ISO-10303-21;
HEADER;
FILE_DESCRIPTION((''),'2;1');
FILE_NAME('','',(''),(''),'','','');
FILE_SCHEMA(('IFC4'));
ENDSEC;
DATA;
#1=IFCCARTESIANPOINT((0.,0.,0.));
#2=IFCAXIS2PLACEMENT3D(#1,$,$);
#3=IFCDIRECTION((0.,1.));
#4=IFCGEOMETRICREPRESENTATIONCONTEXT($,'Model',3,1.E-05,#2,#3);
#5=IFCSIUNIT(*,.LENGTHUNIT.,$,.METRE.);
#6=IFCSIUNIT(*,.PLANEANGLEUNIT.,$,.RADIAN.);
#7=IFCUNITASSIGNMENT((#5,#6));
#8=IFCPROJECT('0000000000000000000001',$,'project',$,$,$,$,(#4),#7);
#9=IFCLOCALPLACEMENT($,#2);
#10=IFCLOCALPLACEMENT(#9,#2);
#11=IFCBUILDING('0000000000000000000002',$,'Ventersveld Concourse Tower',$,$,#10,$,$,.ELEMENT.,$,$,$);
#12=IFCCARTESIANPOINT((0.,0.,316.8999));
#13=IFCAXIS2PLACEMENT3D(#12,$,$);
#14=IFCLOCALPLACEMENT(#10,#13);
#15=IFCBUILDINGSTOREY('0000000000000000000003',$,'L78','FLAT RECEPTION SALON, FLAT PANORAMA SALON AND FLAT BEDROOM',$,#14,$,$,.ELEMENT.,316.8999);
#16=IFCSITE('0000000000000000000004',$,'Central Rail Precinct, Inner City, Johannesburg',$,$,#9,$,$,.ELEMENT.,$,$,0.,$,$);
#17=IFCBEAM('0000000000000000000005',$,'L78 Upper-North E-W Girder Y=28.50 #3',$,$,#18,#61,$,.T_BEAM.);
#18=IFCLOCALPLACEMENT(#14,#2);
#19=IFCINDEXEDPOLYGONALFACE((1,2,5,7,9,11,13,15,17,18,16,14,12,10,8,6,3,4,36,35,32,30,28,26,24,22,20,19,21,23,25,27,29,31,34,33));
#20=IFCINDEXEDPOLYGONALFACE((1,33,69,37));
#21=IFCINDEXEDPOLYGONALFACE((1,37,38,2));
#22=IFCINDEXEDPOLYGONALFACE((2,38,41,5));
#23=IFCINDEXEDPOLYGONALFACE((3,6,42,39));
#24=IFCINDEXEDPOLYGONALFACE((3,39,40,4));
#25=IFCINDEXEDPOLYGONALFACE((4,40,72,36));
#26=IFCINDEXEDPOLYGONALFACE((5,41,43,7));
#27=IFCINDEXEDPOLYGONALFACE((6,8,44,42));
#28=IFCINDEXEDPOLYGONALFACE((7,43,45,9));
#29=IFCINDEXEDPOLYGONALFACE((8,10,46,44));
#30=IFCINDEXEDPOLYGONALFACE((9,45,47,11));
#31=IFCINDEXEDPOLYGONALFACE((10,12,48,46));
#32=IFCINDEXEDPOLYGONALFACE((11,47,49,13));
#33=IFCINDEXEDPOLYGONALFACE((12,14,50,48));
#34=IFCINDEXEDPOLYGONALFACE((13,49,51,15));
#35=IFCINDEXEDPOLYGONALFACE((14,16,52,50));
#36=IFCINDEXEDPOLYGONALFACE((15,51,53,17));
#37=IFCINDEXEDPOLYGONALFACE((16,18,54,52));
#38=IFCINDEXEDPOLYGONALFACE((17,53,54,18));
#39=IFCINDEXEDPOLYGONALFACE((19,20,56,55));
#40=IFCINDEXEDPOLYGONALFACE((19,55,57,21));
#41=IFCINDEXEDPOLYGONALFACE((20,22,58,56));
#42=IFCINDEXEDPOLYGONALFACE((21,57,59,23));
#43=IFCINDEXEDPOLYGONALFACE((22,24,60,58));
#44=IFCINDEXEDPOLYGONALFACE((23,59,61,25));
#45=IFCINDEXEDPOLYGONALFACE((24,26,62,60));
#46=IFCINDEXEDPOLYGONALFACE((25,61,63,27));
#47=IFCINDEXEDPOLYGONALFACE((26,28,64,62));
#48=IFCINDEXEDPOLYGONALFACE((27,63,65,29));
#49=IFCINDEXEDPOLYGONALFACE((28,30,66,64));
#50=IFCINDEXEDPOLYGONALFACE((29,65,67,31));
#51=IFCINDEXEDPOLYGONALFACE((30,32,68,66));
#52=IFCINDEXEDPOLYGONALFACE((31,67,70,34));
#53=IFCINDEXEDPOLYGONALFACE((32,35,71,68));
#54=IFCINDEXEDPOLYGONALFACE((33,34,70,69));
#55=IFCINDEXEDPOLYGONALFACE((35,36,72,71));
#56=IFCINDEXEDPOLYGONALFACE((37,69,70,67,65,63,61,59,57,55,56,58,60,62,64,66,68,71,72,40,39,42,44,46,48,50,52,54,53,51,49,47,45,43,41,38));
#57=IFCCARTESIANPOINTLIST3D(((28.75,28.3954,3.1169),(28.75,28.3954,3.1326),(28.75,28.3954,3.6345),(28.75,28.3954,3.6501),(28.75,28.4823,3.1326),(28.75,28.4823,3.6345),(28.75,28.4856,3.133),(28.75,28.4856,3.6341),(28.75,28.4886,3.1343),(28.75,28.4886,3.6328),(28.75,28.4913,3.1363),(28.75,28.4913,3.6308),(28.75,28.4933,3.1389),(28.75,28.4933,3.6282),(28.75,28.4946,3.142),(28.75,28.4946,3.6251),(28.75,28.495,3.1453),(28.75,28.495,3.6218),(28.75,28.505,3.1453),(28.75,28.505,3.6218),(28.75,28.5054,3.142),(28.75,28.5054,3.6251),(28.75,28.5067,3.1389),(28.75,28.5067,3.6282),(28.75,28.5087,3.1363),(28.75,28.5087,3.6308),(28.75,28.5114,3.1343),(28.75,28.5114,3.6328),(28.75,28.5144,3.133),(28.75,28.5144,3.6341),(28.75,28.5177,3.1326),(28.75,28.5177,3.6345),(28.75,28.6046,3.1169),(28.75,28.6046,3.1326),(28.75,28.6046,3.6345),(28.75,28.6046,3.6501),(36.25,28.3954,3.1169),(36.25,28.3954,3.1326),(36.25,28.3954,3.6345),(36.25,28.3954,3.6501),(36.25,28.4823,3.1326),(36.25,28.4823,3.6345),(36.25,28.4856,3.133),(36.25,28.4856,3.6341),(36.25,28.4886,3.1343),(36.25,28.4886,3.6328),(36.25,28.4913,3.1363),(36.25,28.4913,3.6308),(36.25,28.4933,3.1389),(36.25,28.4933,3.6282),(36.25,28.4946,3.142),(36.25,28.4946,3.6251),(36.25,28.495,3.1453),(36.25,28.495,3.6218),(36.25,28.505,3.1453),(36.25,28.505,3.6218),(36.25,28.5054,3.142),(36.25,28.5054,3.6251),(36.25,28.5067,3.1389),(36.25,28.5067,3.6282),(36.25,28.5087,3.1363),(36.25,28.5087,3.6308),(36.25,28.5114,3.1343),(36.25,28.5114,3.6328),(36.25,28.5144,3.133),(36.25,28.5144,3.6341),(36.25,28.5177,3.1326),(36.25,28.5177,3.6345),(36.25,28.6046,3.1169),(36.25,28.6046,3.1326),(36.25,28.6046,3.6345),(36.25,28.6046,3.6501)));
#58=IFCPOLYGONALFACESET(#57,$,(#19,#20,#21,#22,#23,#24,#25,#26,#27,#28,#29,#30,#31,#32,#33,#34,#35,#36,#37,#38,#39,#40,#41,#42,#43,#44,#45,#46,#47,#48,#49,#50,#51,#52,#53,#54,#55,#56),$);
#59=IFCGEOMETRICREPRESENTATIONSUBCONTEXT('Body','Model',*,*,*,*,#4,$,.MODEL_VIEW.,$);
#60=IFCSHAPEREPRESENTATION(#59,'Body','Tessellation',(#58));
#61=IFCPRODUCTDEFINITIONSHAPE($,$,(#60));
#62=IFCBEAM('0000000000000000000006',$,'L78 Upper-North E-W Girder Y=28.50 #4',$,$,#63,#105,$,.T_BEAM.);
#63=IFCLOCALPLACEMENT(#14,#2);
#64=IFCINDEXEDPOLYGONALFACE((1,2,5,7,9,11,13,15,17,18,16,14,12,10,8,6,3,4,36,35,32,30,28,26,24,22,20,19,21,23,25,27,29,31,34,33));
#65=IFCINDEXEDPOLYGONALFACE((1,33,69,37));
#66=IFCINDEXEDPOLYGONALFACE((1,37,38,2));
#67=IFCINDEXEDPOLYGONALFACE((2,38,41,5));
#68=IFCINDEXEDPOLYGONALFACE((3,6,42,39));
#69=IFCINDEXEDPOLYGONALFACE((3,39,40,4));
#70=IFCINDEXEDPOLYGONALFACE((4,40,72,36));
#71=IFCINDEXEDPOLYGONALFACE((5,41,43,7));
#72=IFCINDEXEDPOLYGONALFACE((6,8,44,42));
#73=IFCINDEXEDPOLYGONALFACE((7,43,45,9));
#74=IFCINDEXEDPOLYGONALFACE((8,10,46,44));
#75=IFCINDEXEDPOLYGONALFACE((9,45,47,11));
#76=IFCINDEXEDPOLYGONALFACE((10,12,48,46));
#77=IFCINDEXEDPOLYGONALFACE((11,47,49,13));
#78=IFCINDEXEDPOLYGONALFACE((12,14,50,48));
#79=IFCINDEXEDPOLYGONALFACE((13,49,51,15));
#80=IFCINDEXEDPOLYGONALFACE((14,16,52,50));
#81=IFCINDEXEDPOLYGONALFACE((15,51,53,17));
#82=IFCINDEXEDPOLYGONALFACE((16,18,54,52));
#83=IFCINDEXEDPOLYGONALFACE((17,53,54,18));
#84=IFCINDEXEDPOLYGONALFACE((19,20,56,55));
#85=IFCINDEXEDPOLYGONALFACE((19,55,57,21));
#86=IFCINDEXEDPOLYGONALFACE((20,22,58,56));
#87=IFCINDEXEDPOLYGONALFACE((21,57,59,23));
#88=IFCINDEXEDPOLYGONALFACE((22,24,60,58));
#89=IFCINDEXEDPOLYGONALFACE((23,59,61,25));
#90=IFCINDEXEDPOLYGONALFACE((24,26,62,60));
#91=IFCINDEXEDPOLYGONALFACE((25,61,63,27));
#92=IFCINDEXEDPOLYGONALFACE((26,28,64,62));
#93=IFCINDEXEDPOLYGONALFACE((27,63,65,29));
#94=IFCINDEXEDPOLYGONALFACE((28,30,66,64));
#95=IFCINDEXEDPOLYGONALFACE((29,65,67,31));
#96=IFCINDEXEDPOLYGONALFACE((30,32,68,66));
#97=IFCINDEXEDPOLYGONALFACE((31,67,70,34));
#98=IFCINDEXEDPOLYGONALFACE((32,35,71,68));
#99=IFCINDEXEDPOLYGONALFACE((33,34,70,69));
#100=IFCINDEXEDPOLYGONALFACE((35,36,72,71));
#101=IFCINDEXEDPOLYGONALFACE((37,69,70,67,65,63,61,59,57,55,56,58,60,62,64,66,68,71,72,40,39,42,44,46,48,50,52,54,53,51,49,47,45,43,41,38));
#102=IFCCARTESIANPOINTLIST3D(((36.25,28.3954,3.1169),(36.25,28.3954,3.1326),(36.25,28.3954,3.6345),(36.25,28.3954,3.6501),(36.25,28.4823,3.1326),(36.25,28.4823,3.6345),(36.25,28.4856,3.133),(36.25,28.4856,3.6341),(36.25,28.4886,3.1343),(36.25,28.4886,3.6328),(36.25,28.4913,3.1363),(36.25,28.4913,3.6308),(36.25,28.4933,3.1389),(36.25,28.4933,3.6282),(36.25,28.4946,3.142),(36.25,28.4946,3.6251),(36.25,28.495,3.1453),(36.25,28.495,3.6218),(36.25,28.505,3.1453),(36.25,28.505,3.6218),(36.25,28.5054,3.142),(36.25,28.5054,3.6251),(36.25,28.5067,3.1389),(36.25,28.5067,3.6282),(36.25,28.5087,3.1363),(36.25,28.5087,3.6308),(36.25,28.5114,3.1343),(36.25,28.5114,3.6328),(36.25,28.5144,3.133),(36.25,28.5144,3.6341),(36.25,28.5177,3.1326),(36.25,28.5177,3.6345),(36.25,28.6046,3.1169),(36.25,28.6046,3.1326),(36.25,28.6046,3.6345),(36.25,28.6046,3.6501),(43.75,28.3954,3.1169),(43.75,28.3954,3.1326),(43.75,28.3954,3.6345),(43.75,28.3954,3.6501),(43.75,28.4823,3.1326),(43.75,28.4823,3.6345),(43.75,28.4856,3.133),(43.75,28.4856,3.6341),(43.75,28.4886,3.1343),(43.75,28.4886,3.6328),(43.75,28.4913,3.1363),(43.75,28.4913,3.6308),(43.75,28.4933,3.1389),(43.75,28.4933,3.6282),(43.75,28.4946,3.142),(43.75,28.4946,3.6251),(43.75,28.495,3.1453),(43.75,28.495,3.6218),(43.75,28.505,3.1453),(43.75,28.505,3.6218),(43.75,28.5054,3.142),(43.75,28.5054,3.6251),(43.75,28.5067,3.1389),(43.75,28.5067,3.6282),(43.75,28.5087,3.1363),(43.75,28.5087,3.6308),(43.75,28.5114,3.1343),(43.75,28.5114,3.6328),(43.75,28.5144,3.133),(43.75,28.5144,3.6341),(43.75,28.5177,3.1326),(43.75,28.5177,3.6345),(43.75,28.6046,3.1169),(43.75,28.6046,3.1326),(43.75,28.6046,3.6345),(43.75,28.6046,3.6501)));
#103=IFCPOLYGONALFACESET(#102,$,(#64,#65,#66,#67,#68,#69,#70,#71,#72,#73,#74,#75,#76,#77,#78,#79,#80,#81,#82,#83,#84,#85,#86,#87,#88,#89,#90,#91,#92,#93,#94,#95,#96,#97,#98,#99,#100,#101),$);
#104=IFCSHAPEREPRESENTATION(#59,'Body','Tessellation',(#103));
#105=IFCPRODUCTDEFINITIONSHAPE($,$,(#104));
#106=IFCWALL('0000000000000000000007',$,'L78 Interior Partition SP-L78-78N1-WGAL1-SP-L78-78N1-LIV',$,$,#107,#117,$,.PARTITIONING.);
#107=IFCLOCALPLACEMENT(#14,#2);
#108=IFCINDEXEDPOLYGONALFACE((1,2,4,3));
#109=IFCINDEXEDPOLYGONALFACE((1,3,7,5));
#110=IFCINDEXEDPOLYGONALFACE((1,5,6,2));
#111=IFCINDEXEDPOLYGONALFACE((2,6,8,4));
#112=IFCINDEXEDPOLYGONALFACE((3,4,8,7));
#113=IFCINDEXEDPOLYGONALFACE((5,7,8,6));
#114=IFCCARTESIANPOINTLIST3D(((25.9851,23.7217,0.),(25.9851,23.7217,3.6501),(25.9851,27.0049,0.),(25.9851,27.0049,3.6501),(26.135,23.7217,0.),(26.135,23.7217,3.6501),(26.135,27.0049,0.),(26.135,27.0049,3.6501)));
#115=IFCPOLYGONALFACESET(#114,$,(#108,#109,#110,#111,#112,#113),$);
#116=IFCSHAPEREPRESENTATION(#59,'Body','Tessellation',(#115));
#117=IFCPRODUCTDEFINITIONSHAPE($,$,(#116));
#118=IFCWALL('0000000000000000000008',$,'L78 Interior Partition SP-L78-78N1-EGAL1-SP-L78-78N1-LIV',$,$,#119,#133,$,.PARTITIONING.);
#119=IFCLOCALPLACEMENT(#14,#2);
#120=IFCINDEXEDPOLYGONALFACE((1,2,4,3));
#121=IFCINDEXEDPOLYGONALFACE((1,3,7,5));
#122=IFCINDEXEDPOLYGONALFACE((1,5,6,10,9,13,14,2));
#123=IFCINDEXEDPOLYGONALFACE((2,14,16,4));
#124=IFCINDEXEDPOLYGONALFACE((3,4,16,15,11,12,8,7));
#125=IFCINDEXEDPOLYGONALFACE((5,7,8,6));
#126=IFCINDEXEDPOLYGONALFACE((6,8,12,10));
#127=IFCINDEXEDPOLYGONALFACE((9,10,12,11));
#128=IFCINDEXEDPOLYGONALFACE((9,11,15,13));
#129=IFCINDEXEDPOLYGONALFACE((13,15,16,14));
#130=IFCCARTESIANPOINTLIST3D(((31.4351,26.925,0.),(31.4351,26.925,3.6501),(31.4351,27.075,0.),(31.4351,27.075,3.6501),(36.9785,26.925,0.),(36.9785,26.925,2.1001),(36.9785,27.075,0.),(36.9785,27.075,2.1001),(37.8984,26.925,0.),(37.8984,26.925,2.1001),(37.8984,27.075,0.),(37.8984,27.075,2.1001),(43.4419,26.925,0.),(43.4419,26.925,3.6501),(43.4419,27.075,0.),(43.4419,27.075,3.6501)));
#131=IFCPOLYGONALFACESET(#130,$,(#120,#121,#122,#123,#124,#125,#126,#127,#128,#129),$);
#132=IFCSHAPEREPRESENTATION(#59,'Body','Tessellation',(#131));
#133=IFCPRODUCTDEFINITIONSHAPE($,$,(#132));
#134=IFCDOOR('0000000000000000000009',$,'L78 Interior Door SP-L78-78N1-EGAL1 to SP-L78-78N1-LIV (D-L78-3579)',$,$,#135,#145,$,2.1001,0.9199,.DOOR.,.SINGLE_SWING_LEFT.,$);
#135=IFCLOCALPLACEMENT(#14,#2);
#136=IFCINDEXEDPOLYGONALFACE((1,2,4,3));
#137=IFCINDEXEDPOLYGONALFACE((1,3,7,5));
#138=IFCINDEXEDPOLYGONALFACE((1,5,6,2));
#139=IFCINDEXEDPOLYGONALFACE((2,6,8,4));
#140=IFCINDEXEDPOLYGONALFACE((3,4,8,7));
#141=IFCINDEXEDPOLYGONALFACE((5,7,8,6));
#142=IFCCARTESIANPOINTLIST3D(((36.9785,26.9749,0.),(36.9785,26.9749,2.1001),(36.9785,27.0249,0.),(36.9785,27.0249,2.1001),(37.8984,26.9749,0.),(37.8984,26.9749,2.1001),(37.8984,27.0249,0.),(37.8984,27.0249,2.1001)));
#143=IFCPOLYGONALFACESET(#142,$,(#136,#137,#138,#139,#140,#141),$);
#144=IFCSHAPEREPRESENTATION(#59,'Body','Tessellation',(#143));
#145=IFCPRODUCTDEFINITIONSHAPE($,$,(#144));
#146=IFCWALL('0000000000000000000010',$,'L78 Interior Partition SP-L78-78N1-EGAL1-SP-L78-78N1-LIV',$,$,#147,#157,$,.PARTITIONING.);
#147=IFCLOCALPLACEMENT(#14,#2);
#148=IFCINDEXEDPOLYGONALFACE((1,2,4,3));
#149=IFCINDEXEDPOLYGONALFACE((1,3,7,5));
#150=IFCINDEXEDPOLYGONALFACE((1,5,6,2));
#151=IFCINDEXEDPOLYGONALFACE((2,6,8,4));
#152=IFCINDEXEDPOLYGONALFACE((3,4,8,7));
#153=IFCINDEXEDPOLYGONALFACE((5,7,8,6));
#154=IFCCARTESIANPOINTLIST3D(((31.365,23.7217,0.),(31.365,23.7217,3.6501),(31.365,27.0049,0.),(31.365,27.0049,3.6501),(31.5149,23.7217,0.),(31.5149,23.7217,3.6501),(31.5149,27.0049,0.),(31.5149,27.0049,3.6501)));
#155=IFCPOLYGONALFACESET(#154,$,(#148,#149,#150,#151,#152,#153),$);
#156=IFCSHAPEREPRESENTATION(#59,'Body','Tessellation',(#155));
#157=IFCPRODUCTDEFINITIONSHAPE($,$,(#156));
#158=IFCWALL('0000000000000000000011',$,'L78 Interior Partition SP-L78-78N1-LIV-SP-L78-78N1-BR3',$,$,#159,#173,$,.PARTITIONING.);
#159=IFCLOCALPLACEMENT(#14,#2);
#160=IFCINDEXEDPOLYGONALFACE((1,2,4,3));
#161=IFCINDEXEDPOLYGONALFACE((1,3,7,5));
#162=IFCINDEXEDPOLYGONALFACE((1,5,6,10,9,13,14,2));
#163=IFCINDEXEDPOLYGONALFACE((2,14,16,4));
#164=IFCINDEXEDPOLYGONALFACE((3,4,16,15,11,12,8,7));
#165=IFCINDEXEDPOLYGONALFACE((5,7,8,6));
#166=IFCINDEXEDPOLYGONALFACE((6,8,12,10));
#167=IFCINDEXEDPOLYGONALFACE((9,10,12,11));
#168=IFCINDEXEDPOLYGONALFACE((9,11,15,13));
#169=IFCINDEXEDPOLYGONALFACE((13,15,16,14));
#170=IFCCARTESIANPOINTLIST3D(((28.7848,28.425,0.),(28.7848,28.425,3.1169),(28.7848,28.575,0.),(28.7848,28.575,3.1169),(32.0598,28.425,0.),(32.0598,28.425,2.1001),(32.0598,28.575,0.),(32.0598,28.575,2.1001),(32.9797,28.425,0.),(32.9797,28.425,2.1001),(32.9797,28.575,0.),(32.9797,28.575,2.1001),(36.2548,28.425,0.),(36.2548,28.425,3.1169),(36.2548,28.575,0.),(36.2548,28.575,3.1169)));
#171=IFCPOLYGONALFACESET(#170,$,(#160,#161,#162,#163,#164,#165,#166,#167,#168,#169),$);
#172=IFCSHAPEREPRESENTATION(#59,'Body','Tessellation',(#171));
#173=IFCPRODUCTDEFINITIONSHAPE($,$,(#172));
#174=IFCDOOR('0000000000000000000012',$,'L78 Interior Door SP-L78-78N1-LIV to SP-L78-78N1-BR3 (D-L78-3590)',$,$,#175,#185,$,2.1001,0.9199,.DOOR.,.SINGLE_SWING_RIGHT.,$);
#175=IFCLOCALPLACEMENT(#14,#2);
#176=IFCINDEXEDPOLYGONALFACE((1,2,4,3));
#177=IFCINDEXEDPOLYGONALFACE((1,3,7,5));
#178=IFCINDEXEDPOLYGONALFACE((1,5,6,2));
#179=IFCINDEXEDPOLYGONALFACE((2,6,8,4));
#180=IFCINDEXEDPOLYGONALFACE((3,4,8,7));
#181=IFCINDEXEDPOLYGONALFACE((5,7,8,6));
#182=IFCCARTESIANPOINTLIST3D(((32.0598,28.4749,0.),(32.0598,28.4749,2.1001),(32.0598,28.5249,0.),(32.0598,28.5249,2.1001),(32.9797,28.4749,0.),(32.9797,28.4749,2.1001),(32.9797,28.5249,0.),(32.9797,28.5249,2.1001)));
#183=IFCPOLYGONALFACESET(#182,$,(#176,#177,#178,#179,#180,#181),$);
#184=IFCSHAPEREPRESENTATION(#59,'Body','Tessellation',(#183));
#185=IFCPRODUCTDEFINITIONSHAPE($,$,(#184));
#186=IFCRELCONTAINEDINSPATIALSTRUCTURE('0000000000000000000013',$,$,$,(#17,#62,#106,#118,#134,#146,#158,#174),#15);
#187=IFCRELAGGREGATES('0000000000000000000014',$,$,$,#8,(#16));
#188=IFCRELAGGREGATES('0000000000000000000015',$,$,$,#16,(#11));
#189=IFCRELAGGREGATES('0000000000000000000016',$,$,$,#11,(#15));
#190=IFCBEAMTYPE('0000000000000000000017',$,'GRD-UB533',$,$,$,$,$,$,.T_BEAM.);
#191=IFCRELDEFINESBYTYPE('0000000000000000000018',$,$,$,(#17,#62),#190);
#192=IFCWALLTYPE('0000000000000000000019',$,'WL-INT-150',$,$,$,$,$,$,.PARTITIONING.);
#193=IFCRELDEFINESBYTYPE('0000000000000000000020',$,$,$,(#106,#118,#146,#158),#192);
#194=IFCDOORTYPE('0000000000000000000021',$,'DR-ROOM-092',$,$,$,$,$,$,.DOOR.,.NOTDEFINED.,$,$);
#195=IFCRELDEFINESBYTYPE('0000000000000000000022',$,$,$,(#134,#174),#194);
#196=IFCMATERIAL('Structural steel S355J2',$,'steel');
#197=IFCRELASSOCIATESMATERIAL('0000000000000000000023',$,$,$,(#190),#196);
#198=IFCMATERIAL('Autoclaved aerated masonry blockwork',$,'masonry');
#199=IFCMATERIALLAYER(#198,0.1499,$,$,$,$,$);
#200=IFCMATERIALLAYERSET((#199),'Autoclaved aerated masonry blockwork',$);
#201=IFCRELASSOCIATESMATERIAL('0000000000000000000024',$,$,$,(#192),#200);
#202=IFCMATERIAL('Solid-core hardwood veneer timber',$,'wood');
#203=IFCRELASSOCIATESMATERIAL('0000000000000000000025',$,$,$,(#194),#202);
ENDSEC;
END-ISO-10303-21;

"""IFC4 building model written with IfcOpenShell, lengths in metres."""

from ifc_helpers import new_model, si_unit, direction, frame, frame_2d, origin, origin_2d, place, context, subcontext, project, spatial, rectangle, i_section, extrude, material, layer, layer_set, material_profile, profile_set, type_object, element, fill, save


model = new_model("IFC4")

# Units and contexts
model_context = context("Model", 3, precision=1e-05, world=origin(), true_north=direction((0.0, 1.0)))
body_context = subcontext(model_context, "Body", "Model", "MODEL_VIEW")
ifc_project = project(units=[si_unit("LENGTHUNIT", "METRE"), si_unit("PLANEANGLEUNIT", "RADIAN")], contexts=[model_context])

# Site, building, storey
site_placement = place(None, origin())
site = spatial("IfcSite", under=ifc_project, at=site_placement, Name="Central Rail Precinct, Inner City, Johannesburg", CompositionType="ELEMENT", RefElevation=0.0)
building_placement = place(site_placement, origin())
building = spatial("IfcBuilding", under=site, at=building_placement, Name="Ventersveld Concourse Tower", CompositionType="ELEMENT")
storey_placement = place(building_placement, frame((0.0, 0.0, 316.8999)))
storey = spatial("IfcBuildingStorey", under=building, at=storey_placement, Name="L78", Description="FLAT RECEPTION SALON, FLAT PANORAMA SALON AND FLAT BEDROOM", CompositionType="ELEMENT", Elevation=316.8999)

# Shared definitions
ifc_material_1 = material(Name="Structural steel S355J2", Category="steel")

# Beams
ifc_material_profile_1 = material_profile(ifc_material_1, i_section(OverallWidth=0.2092, OverallDepth=0.5332, WebThickness=0.01, FlangeThickness=0.0156, FilletRadius=0.0127, at=origin_2d()), Name="UB 533x210x92")
ifc_profile_set_1 = profile_set([ifc_material_profile_1], Name="Structural steel S355J2")
beam_type_1 = type_object("IfcBeamType", Name="GRD-UB533", PredefinedType="T_BEAM", material=ifc_profile_set_1)
for number, where, z_axis, x_axis, name in (
    (1, (28.75, 28.5, 3.3835), (1.0, 0.0, 0.0), (0.0, 1.0, 0.0), "L78 Upper-North E-W Girder Y=28.50 #3"),
    (2, (36.25, 28.5, 3.3835), (1.0, 0.0, 0.0), (0.0, 1.0, 0.0), "L78 Upper-North E-W Girder Y=28.50 #4"),
):
    element("IfcBeam", number, at=place(storey_placement, frame(where, z_axis=z_axis, x_axis=x_axis)), inside=storey, type_object=beam_type_1, Name=name, PredefinedType="T_BEAM", context=body_context, shape_type="SweptSolid", body=[
        extrude(i_section(OverallWidth=0.2092, OverallDepth=0.5332, WebThickness=0.01, FlangeThickness=0.0156, FilletRadius=0.0127, at=origin_2d()), origin(), (0.0, 0.0, 1.0), 7.5),
    ])

# Wall
ifc_material_2 = material(Name="Autoclaved aerated masonry blockwork", Category="masonry")
ifc_layer = layer(ifc_material_2, 0.1499)
ifc_layer_set = layer_set([ifc_layer], Name="Autoclaved aerated masonry blockwork")
wall_type = type_object("IfcWallType", Name="WL-INT-150", PredefinedType="PARTITIONING", material=ifc_layer_set)
wall_1_placement = place(storey_placement, frame((26.0601, 23.7217, 0.0), z_axis=(0.0, 0.0, 1.0), x_axis=(0.0, 1.0, 0.0)))
element("IfcWall", 3, at=wall_1_placement, inside=storey, type_object=wall_type, Name="L78 Interior Partition SP-L78-78N1-WGAL1-SP-L78-78N1-LIV", PredefinedType="PARTITIONING", context=body_context, shape_type="SweptSolid", body=[
    extrude(rectangle(XDim=3.2832, YDim=0.1499, at=frame_2d((1.6416, 0.0))), origin(), (0.0, 0.0, 1.0), 3.6501),
])

# Wall, opening, door
wall_2_placement = place(storey_placement, frame((31.4351, 27.0, 0.0), z_axis=(0.0, 0.0, 1.0), x_axis=(1.0, 0.0, 0.0)))
wall_2 = element("IfcWall", 4, at=wall_2_placement, inside=storey, type_object=wall_type, Name="L78 Interior Partition SP-L78-78N1-EGAL1-SP-L78-78N1-LIV", PredefinedType="PARTITIONING", context=body_context, shape_type="SweptSolid", body=[
    extrude(rectangle(XDim=12.0068, YDim=0.1499, at=frame_2d((6.0034, 0.0))), origin(), (0.0, 0.0, 1.0), 3.6501),
])
opening_1_placement = place(wall_2_placement, frame((5.5435, 0.0, 0.0)))
opening_1 = element("IfcOpeningElement", 5, at=opening_1_placement, cuts=wall_2, PredefinedType="OPENING", context=body_context, shape_type="SweptSolid", body=[
    extrude(rectangle(XDim=0.9199, YDim=2.1001, at=frame_2d((0.46, 1.05))), frame((0.0, 0.085, 0.0), z_axis=(0.0, -1.0, 0.0), x_axis=(1.0, 0.0, 0.0)), (0.0, 0.0, 1.0), 0.1699),
])
ifc_material_3 = material(Name="Solid-core hardwood veneer timber", Category="wood")
door_type = type_object("IfcDoorType", Name="DR-ROOM-092", OperationType="NOTDEFINED", PredefinedType="DOOR", material=ifc_material_3)
door_1_placement = place(opening_1_placement, origin())
door_1 = element("IfcDoor", 6, at=door_1_placement, inside=storey, type_object=door_type, Name="L78 Interior Door SP-L78-78N1-EGAL1 to SP-L78-78N1-LIV (D-L78-3579)", OperationType="SINGLE_SWING_LEFT", OverallHeight=2.1001, OverallWidth=0.9199, PredefinedType="DOOR", context=body_context, shape_type="SweptSolid", body=[
    extrude(rectangle(XDim=0.9199, YDim=2.1001, at=frame_2d((0.46, 1.05))), frame((0.0, 0.0249, 0.0), z_axis=(0.0, -1.0, 0.0), x_axis=(1.0, 0.0, 0.0)), (0.0, 0.0, 1.0), 0.05),
])
fill(opening_1, door_1)

# Wall
wall_3_placement = place(storey_placement, frame((31.4399, 23.7217, 0.0), z_axis=(0.0, 0.0, 1.0), x_axis=(0.0, 1.0, 0.0)))
element("IfcWall", 7, at=wall_3_placement, inside=storey, type_object=wall_type, Name="L78 Interior Partition SP-L78-78N1-EGAL1-SP-L78-78N1-LIV", PredefinedType="PARTITIONING", context=body_context, shape_type="SweptSolid", body=[
    extrude(rectangle(XDim=3.2832, YDim=0.1499, at=frame_2d((1.6416, 0.0))), origin(), (0.0, 0.0, 1.0), 3.6501),
])

# Wall, opening, door
wall_4_placement = place(storey_placement, frame((28.7849, 28.5, 0.0), z_axis=(0.0, 0.0, 1.0), x_axis=(1.0, 0.0, 0.0)))
wall_4 = element("IfcWall", 8, at=wall_4_placement, inside=storey, type_object=wall_type, Name="L78 Interior Partition SP-L78-78N1-LIV-SP-L78-78N1-BR3", PredefinedType="PARTITIONING", context=body_context, shape_type="SweptSolid", body=[
    extrude(rectangle(XDim=7.47, YDim=0.1499, at=frame_2d((3.7349, 0.0))), origin(), (0.0, 0.0, 1.0), 3.1169),
])
opening_2_placement = place(wall_4_placement, frame((3.2749, 0.0, 0.0)))
opening_2 = element("IfcOpeningElement", 9, at=opening_2_placement, cuts=wall_4, PredefinedType="OPENING", context=body_context, shape_type="SweptSolid", body=[
    extrude(rectangle(XDim=0.9199, YDim=2.1001, at=frame_2d((0.46, 1.05))), frame((0.0, 0.085, 0.0), z_axis=(0.0, -1.0, 0.0), x_axis=(1.0, 0.0, 0.0)), (0.0, 0.0, 1.0), 0.1699),
])
door_2_placement = place(opening_2_placement, origin())
door_2 = element("IfcDoor", 10, at=door_2_placement, inside=storey, type_object=door_type, Name="L78 Interior Door SP-L78-78N1-LIV to SP-L78-78N1-BR3 (D-L78-3590)", OperationType="SINGLE_SWING_RIGHT", OverallHeight=2.1001, OverallWidth=0.9199, PredefinedType="DOOR", context=body_context, shape_type="SweptSolid", body=[
    extrude(rectangle(XDim=0.9199, YDim=2.1001, at=frame_2d((0.46, 1.05))), frame((0.0, 0.0249, 0.0), z_axis=(0.0, -1.0, 0.0), x_axis=(1.0, 0.0, 0.0)), (0.0, 0.0, 1.0), 0.05),
])
fill(opening_2, door_2)

save(model, "model.ifc")
